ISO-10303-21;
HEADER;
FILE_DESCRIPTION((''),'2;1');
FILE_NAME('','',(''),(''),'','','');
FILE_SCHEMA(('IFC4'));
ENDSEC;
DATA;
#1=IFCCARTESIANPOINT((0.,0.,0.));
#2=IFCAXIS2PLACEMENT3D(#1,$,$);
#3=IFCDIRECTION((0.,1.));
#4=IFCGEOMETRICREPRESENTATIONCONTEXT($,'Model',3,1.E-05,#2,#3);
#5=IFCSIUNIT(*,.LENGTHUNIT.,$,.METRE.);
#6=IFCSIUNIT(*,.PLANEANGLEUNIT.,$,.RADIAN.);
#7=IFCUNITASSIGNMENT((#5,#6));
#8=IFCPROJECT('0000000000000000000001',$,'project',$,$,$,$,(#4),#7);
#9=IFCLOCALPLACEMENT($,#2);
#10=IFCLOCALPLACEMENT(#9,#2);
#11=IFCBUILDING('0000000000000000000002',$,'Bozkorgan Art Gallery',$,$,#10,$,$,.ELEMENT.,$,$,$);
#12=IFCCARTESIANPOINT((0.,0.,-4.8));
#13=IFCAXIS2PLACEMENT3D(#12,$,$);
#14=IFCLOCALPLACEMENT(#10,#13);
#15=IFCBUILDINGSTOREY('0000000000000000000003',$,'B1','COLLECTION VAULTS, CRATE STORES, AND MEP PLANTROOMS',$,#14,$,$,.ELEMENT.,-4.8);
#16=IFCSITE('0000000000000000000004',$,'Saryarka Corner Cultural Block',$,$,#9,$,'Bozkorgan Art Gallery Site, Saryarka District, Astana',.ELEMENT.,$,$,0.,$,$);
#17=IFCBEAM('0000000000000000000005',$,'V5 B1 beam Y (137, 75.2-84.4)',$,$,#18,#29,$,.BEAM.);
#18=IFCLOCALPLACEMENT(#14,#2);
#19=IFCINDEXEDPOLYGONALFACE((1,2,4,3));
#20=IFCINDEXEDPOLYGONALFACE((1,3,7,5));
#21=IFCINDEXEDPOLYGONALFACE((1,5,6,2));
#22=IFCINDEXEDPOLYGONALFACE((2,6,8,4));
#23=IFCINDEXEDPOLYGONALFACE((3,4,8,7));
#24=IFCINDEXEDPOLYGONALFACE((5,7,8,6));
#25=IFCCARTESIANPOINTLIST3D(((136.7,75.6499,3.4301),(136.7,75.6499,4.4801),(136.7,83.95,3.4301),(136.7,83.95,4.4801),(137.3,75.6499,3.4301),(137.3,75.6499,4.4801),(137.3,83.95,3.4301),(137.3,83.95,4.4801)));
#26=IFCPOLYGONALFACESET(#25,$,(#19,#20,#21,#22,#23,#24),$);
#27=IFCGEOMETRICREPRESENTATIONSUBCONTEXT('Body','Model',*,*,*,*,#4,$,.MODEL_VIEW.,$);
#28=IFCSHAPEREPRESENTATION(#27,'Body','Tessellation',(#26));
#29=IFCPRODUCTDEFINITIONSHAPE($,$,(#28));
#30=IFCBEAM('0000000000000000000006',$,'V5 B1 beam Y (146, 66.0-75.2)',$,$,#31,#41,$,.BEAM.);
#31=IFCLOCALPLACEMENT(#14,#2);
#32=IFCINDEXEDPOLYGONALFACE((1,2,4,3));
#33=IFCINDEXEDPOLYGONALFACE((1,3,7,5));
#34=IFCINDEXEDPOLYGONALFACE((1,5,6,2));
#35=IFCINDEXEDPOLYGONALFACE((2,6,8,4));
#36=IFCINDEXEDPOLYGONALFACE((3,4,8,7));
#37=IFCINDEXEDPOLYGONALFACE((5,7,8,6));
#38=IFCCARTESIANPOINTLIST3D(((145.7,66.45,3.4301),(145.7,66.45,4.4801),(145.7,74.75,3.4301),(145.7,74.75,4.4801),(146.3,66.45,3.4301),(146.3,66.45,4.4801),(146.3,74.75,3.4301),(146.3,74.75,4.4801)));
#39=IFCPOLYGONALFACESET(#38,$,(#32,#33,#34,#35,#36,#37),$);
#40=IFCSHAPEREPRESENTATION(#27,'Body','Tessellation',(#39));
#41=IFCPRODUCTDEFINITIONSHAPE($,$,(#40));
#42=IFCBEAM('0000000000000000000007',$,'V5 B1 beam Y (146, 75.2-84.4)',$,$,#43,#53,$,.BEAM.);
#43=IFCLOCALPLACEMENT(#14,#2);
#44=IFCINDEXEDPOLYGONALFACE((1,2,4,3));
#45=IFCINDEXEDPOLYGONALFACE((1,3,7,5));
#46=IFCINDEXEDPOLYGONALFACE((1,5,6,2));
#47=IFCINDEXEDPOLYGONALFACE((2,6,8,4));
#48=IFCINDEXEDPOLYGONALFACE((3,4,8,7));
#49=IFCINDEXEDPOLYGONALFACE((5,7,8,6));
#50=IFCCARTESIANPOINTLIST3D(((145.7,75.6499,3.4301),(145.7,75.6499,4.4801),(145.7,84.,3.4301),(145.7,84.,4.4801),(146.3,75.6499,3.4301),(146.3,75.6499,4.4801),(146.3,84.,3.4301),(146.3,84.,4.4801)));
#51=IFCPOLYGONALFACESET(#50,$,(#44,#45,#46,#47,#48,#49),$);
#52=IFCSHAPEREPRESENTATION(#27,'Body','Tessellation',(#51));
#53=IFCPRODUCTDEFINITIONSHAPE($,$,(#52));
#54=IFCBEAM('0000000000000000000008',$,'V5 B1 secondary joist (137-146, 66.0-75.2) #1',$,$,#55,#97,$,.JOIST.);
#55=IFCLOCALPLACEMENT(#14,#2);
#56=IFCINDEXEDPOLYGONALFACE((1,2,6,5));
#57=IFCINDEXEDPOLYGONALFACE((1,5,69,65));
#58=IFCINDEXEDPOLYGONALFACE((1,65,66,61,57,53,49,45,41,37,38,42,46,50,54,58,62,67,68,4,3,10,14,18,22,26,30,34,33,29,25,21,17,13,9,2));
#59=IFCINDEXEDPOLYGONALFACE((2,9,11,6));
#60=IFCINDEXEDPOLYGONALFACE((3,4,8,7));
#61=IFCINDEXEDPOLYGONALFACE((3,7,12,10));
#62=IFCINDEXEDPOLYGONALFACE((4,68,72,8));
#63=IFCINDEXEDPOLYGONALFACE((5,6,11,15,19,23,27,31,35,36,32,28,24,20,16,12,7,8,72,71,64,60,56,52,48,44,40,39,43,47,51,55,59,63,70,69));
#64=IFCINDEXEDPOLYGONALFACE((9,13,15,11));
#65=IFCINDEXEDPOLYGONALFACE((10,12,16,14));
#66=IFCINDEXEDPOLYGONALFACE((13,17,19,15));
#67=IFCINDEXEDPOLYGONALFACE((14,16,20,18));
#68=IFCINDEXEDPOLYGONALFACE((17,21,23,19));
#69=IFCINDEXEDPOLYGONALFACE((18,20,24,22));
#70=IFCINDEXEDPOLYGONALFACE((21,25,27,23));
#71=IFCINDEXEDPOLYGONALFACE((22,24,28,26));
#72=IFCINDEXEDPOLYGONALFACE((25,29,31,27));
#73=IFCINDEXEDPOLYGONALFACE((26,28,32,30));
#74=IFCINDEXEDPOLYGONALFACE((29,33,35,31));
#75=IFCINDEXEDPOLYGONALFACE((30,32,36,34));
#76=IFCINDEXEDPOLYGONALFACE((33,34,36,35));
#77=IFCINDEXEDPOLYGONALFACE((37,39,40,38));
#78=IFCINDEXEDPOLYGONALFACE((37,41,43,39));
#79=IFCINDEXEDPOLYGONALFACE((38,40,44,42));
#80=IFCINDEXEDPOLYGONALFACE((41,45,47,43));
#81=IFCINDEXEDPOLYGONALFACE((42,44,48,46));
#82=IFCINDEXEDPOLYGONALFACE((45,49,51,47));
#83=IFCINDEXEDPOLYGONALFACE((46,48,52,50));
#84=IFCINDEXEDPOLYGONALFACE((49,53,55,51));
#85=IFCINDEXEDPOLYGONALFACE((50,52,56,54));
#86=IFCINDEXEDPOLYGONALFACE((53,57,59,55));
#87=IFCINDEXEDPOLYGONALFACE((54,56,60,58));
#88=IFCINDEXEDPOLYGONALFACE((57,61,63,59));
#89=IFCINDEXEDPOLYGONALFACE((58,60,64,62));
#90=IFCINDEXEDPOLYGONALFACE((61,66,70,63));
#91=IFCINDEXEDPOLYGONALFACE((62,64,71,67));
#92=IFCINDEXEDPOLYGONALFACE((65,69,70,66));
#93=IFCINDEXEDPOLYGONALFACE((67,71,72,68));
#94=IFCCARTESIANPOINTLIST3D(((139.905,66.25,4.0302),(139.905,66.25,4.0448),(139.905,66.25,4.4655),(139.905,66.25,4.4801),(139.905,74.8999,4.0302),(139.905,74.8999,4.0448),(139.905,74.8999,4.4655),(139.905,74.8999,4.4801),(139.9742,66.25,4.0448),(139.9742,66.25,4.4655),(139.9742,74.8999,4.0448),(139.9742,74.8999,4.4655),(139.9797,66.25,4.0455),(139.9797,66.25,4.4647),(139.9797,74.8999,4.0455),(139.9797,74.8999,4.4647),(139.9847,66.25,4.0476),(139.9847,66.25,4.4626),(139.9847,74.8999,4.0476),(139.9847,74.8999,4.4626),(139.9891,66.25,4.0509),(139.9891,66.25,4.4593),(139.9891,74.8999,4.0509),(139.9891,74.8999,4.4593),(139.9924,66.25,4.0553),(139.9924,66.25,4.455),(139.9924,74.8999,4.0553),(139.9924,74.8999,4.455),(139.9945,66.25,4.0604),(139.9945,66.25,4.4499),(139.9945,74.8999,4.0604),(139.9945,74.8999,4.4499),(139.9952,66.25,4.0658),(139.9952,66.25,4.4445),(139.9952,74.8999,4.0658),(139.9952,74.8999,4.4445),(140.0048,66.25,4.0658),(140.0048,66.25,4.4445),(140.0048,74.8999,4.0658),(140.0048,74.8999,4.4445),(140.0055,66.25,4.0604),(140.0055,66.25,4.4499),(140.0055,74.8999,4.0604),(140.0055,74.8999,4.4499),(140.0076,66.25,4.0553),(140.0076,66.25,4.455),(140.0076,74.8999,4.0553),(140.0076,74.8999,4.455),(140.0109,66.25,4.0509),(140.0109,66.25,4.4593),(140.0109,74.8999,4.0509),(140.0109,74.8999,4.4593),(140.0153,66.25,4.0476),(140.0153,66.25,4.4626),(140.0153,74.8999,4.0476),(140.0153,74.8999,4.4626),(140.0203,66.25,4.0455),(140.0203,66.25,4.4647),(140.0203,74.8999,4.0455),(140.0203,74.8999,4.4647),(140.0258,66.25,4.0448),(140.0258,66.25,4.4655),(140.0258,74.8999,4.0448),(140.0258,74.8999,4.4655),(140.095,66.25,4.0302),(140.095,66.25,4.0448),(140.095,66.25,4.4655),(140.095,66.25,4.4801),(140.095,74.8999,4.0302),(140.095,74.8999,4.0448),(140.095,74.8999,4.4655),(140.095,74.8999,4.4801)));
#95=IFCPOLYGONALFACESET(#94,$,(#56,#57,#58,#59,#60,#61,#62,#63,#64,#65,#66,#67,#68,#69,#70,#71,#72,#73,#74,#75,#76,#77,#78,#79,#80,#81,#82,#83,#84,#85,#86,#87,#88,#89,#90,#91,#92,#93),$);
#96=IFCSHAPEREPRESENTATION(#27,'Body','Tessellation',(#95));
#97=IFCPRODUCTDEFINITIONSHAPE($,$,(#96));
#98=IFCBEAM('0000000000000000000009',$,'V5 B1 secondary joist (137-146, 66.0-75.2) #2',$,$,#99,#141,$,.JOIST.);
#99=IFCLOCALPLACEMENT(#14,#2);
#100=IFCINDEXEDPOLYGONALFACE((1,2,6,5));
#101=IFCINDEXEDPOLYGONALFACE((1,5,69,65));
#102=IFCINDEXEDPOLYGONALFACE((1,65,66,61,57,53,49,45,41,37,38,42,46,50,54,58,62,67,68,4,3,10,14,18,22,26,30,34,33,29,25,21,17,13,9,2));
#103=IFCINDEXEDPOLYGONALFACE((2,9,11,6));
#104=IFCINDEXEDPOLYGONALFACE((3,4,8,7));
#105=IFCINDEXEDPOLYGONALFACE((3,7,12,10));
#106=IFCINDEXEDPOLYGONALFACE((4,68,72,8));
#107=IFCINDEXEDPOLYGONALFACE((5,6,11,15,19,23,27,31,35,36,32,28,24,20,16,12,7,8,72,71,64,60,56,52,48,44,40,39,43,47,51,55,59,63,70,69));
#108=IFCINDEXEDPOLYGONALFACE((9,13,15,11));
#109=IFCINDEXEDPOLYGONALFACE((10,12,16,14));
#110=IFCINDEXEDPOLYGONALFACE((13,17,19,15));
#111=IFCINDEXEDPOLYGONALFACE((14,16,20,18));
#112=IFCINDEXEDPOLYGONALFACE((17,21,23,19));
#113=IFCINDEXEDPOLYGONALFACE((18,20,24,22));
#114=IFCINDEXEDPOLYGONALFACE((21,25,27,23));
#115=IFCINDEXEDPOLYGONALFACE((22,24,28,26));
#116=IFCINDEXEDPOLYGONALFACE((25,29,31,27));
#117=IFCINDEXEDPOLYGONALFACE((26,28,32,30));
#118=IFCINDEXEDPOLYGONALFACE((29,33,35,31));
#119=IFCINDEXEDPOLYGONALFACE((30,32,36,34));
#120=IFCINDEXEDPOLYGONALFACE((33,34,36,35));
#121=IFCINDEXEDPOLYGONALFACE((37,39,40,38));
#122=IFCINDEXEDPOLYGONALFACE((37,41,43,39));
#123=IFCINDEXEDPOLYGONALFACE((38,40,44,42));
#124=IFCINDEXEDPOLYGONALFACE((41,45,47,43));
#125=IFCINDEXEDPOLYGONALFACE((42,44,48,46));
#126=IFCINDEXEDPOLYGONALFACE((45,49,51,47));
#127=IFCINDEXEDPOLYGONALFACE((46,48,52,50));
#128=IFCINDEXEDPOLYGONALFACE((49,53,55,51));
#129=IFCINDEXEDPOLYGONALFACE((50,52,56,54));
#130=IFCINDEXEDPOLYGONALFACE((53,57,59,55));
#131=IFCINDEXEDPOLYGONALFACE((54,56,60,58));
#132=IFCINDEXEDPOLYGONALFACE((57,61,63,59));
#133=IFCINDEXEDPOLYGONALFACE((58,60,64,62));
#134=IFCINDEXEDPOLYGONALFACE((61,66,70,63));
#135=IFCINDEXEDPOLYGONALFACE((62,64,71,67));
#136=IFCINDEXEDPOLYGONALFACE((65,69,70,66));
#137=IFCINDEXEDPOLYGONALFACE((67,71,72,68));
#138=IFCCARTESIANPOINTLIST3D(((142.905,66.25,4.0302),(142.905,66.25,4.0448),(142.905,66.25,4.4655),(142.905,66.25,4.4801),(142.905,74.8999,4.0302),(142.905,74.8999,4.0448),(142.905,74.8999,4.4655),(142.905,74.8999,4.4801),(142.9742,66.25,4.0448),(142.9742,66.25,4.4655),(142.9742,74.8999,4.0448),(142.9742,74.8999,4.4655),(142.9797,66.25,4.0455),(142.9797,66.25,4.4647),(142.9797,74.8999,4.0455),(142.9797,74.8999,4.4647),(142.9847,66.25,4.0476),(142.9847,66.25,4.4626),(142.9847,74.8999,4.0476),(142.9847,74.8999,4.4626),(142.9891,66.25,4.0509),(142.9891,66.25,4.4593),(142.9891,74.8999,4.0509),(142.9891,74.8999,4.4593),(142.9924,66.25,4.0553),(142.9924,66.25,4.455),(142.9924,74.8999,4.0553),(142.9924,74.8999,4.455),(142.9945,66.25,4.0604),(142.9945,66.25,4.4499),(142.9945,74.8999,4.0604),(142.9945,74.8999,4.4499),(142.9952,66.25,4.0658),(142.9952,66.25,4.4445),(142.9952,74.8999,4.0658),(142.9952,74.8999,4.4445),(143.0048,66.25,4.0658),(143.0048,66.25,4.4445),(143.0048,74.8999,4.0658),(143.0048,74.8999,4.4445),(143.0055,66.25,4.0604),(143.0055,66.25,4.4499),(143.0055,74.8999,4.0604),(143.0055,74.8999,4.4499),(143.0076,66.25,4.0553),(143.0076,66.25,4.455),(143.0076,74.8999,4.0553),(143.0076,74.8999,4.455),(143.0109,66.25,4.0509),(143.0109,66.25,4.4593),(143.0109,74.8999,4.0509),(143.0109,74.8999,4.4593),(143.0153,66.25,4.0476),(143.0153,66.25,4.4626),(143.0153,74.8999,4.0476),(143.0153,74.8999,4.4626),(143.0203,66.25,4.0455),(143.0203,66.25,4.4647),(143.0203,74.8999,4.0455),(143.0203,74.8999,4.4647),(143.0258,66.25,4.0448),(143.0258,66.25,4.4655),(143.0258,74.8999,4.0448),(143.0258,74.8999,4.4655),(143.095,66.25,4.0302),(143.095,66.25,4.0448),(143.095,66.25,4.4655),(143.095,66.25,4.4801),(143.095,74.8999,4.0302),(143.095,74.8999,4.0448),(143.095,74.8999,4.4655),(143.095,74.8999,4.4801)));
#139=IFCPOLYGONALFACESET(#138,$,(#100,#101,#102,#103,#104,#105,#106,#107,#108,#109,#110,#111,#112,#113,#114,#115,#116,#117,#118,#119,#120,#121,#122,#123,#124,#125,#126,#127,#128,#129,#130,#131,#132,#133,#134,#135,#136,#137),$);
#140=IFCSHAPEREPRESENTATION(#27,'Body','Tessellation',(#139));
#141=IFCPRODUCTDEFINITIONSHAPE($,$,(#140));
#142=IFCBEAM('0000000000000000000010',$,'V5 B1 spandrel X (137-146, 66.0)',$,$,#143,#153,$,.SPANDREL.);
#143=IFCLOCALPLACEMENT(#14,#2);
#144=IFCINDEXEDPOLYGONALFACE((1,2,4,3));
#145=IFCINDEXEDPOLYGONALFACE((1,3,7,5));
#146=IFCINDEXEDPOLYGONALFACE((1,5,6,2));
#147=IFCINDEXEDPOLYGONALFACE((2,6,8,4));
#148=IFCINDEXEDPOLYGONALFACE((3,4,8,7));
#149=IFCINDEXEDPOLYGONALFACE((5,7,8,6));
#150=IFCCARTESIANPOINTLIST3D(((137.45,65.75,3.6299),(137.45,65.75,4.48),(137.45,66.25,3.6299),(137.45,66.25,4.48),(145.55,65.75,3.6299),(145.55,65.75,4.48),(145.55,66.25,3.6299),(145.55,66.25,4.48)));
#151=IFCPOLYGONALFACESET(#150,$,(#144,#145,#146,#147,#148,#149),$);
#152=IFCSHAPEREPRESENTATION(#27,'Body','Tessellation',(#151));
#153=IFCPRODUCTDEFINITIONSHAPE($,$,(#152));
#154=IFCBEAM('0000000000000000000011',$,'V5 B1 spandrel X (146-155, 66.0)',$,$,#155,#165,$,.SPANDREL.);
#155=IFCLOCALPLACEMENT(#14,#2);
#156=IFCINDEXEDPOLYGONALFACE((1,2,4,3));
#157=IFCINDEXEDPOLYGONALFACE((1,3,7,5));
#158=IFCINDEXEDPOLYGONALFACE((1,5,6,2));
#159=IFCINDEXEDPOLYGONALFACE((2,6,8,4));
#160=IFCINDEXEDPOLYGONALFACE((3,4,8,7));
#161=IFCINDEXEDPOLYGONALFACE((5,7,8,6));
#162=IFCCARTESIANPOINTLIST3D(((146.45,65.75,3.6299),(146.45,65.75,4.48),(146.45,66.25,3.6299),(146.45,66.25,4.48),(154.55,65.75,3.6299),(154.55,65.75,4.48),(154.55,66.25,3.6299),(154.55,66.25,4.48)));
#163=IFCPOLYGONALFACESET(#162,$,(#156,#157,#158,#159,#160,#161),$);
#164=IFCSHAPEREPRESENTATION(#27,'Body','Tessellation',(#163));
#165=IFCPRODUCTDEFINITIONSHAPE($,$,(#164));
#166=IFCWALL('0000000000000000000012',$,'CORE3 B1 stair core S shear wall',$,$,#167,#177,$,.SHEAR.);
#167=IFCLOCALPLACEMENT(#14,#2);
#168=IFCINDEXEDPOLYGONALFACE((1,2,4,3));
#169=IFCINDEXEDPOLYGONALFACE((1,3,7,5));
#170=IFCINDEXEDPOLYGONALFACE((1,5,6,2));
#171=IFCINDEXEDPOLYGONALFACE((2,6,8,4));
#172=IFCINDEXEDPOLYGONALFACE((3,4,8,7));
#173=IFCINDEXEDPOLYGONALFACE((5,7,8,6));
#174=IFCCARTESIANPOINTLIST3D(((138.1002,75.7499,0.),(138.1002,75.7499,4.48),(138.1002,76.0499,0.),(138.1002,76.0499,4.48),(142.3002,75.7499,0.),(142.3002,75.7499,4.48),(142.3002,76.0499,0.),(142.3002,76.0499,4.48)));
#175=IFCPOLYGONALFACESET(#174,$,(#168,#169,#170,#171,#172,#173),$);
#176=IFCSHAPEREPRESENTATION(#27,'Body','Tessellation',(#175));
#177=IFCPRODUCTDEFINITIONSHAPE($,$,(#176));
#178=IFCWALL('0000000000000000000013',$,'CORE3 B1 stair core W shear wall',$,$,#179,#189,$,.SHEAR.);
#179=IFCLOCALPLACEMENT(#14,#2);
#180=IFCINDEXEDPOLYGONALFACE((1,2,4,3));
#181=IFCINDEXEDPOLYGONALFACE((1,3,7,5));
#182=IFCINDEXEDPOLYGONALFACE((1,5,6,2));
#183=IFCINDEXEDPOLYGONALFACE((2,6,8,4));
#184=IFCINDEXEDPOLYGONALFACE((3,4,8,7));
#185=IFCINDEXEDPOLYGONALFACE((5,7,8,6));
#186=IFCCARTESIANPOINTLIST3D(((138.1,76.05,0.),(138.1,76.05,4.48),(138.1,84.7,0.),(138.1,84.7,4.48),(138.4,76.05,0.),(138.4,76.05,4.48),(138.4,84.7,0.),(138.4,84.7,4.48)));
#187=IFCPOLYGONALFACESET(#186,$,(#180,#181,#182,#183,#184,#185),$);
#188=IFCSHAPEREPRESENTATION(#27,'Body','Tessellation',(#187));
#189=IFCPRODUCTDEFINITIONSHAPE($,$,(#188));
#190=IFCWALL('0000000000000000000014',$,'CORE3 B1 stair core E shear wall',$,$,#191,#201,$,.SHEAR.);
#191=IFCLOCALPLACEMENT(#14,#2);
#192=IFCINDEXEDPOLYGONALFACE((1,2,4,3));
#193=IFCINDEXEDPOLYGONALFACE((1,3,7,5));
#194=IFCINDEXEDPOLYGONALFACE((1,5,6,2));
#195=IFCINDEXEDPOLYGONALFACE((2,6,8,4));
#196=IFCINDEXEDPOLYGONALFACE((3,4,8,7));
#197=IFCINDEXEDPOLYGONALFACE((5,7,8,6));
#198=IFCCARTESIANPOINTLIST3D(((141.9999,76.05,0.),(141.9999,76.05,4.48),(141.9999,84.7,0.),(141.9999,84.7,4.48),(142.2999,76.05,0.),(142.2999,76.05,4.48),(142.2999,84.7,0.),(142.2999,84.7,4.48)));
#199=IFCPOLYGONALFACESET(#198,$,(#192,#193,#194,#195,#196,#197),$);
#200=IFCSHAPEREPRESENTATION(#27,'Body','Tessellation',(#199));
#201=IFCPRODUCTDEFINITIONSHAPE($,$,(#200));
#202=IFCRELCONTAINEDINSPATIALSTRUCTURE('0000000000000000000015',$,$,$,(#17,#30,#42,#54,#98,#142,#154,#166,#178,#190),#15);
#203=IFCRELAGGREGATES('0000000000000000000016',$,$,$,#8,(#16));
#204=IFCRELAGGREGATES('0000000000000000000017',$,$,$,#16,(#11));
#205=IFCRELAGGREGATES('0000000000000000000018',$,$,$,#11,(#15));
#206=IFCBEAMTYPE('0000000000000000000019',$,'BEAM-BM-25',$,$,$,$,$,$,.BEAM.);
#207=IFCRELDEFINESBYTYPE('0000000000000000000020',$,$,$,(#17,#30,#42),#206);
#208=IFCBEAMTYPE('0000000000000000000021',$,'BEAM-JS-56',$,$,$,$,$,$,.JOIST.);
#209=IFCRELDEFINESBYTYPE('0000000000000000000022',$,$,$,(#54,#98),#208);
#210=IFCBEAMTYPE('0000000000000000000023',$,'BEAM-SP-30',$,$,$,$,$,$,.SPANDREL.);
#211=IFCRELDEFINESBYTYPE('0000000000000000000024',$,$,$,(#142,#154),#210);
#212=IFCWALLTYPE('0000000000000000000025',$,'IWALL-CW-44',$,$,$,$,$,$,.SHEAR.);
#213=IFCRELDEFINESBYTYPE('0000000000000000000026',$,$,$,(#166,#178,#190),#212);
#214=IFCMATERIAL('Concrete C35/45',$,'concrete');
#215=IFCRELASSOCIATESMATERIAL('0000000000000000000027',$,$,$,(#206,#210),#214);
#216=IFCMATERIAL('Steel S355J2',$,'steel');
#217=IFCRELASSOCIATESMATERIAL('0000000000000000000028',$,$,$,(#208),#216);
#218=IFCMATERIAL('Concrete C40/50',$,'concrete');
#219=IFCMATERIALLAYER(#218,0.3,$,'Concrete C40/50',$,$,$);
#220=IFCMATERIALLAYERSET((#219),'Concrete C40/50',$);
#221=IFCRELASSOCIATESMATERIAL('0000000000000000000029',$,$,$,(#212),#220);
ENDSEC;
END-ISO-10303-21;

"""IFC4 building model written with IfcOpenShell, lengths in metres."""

from ifc_helpers import new_model, si_unit, direction, frame, frame_2d, origin, origin_2d, place, context, subcontext, project, spatial, rectangle, i_section, extrude, material, layer, layer_set, material_profile, profile_set, type_object, element, save


model = new_model("IFC4")

# Units and contexts
model_context = context("Model", 3, precision=1e-05, world=origin(), true_north=direction((0.0, 1.0)))
body_context = subcontext(model_context, "Body", "Model", "MODEL_VIEW")
ifc_project = project(units=[si_unit("LENGTHUNIT", "METRE"), si_unit("PLANEANGLEUNIT", "RADIAN")], contexts=[model_context])

# Site, building, storey
site_placement = place(None, origin())
site = spatial("IfcSite", under=ifc_project, at=site_placement, Name="Saryarka Corner Cultural Block", LongName="Bozkorgan Art Gallery Site, Saryarka District, Astana", CompositionType="ELEMENT", RefElevation=0.0)
building_placement = place(site_placement, origin())
building = spatial("IfcBuilding", under=site, at=building_placement, Name="Bozkorgan Art Gallery", CompositionType="ELEMENT")
storey_placement = place(building_placement, frame((0.0, 0.0, -4.8)))
storey = spatial("IfcBuildingStorey", under=building, at=storey_placement, Name="B1", Description="COLLECTION VAULTS, CRATE STORES, AND MEP PLANTROOMS", CompositionType="ELEMENT", Elevation=-4.8)

# Shared definitions
ifc_material_1 = material(Name="Concrete C40/50", Category="concrete")

# Beams
ifc_material_2 = material(Name="Concrete C35/45", Category="concrete")
ifc_material_profile_1 = material_profile(ifc_material_2, rectangle(XDim=0.6001, YDim=1.05, at=origin_2d()), Name="RC 600x1050")
ifc_profile_set_1 = profile_set([ifc_material_profile_1], Name="Concrete C35/45")
beam_type_1 = type_object("IfcBeamType", Name="BEAM-BM-25", PredefinedType="BEAM", material=ifc_profile_set_1)
for number, where, z_axis, x_axis, name in (
    (1, (137.0, 75.6499, 3.9551), (0.0, 1.0, 0.0), (-1.0, 0.0, 0.0), "V5 B1 beam Y (137, 75.2-84.4)"),
    (2, (146.0, 66.45, 3.9551), (0.0, 1.0, 0.0), (-1.0, 0.0, 0.0), "V5 B1 beam Y (146, 66.0-75.2)"),
):
    element("IfcBeam", number, at=place(storey_placement, frame(where, z_axis=z_axis, x_axis=x_axis)), inside=storey, type_object=beam_type_1, Name=name, PredefinedType="BEAM", context=body_context, shape_type="SweptSolid", body=[
        extrude(rectangle(XDim=0.6001, YDim=1.05, at=origin_2d()), origin(), (0.0, 0.0, 1.0), 8.3),
    ])
beam_placement = place(storey_placement, frame((146.0, 75.6499, 3.9551), z_axis=(0.0, 1.0, 0.0), x_axis=(-1.0, 0.0, 0.0)))
element("IfcBeam", 3, at=beam_placement, inside=storey, type_object=beam_type_1, Name="V5 B1 beam Y (146, 75.2-84.4)", PredefinedType="BEAM", context=body_context, shape_type="SweptSolid", body=[
    extrude(rectangle(XDim=0.6001, YDim=1.05, at=origin_2d()), origin(), (0.0, 0.0, 1.0), 8.3501),
])
ifc_material_3 = material(Name="Steel S355J2", Category="steel")
ifc_material_profile_2 = material_profile(ifc_material_3, i_section(OverallWidth=0.1899, OverallDepth=0.45, WebThickness=0.0095, FlangeThickness=0.0146, FilletRadius=0.021, at=origin_2d()), Name="IPE 450")
ifc_profile_set_2 = profile_set([ifc_material_profile_2], Name="Steel S355J2")
beam_type_2 = type_object("IfcBeamType", Name="BEAM-JS-56", PredefinedType="JOIST", material=ifc_profile_set_2)
for number, where, z_axis, x_axis, name in (
    (4, (140.0, 66.25, 4.2551), (0.0, 1.0, 0.0), (-1.0, 0.0, 0.0), "V5 B1 secondary joist (137-146, 66.0-75.2) #1"),
    (5, (143.0, 66.25, 4.2551), (0.0, 1.0, 0.0), (-1.0, 0.0, 0.0), "V5 B1 secondary joist (137-146, 66.0-75.2) #2"),
):
    element("IfcBeam", number, at=place(storey_placement, frame(where, z_axis=z_axis, x_axis=x_axis)), inside=storey, type_object=beam_type_2, Name=name, PredefinedType="JOIST", context=body_context, shape_type="SweptSolid", body=[
        extrude(i_section(OverallWidth=0.1899, OverallDepth=0.45, WebThickness=0.0095, FlangeThickness=0.0146, FilletRadius=0.021, at=origin_2d()), origin(), (0.0, 0.0, 1.0), 8.6499),
    ])
ifc_material_profile_3 = material_profile(ifc_material_2, rectangle(XDim=0.5, YDim=0.8501, at=origin_2d()), Name="RC 500x850")
ifc_profile_set_3 = profile_set([ifc_material_profile_3], Name="Concrete C35/45")
beam_type_3 = type_object("IfcBeamType", Name="BEAM-SP-30", PredefinedType="SPANDREL", material=ifc_profile_set_3)
for number, where, z_axis, x_axis, name in (
    (6, (137.45, 66.0, 4.0549), (1.0, 0.0, 0.0), (0.0, 1.0, 0.0), "V5 B1 spandrel X (137-146, 66.0)"),
    (7, (146.45, 66.0, 4.0549), (1.0, 0.0, 0.0), (0.0, 1.0, 0.0), "V5 B1 spandrel X (146-155, 66.0)"),
):
    element("IfcBeam", number, at=place(storey_placement, frame(where, z_axis=z_axis, x_axis=x_axis)), inside=storey, type_object=beam_type_3, Name=name, PredefinedType="SPANDREL", context=body_context, shape_type="SweptSolid", body=[
        extrude(rectangle(XDim=0.5, YDim=0.8501, at=origin_2d()), origin(), (0.0, 0.0, 1.0), 8.1001),
    ])

# Walls
ifc_layer_1 = layer(ifc_material_1, 0.3, Name="Concrete C40/50")
ifc_layer_set_1 = layer_set([ifc_layer_1], Name="Concrete C40/50")
wall_type_1 = type_object("IfcWallType", Name="IWALL-CW-44", PredefinedType="SHEAR", material=ifc_layer_set_1)
wall_1_placement = place(storey_placement, frame((138.1001, 75.8999, 0.0), z_axis=(0.0, 0.0, 1.0), x_axis=(1.0, 0.0, 0.0)))
element("IfcWall", 8, at=wall_1_placement, inside=storey, type_object=wall_type_1, Name="CORE3 B1 stair core S shear wall", PredefinedType="SHEAR", context=body_context, shape_type="SweptSolid", body=[
    extrude(rectangle(XDim=4.2, YDim=0.3, at=frame_2d((2.1001, 0.0))), origin(), (0.0, 0.0, 1.0), 4.48),
])
for number, where, z_axis, x_axis, name in (
    (9, (138.25, 76.05, 0.0), (0.0, 0.0, 1.0), (0.0, 1.0, 0.0), "CORE3 B1 stair core W shear wall"),
    (10, (142.1499, 76.05, 0.0), (0.0, 0.0, 1.0), (0.0, 1.0, 0.0), "CORE3 B1 stair core E shear wall"),
):
    element("IfcWall", number, at=place(storey_placement, frame(where, z_axis=z_axis, x_axis=x_axis)), inside=storey, type_object=wall_type_1, Name=name, PredefinedType="SHEAR", context=body_context, shape_type="SweptSolid", body=[
        extrude(rectangle(XDim=8.6499, YDim=0.3, at=frame_2d((4.325, 0.0))), origin(), (0.0, 0.0, 1.0), 4.48),
    ])

save(model, "model.ifc")
